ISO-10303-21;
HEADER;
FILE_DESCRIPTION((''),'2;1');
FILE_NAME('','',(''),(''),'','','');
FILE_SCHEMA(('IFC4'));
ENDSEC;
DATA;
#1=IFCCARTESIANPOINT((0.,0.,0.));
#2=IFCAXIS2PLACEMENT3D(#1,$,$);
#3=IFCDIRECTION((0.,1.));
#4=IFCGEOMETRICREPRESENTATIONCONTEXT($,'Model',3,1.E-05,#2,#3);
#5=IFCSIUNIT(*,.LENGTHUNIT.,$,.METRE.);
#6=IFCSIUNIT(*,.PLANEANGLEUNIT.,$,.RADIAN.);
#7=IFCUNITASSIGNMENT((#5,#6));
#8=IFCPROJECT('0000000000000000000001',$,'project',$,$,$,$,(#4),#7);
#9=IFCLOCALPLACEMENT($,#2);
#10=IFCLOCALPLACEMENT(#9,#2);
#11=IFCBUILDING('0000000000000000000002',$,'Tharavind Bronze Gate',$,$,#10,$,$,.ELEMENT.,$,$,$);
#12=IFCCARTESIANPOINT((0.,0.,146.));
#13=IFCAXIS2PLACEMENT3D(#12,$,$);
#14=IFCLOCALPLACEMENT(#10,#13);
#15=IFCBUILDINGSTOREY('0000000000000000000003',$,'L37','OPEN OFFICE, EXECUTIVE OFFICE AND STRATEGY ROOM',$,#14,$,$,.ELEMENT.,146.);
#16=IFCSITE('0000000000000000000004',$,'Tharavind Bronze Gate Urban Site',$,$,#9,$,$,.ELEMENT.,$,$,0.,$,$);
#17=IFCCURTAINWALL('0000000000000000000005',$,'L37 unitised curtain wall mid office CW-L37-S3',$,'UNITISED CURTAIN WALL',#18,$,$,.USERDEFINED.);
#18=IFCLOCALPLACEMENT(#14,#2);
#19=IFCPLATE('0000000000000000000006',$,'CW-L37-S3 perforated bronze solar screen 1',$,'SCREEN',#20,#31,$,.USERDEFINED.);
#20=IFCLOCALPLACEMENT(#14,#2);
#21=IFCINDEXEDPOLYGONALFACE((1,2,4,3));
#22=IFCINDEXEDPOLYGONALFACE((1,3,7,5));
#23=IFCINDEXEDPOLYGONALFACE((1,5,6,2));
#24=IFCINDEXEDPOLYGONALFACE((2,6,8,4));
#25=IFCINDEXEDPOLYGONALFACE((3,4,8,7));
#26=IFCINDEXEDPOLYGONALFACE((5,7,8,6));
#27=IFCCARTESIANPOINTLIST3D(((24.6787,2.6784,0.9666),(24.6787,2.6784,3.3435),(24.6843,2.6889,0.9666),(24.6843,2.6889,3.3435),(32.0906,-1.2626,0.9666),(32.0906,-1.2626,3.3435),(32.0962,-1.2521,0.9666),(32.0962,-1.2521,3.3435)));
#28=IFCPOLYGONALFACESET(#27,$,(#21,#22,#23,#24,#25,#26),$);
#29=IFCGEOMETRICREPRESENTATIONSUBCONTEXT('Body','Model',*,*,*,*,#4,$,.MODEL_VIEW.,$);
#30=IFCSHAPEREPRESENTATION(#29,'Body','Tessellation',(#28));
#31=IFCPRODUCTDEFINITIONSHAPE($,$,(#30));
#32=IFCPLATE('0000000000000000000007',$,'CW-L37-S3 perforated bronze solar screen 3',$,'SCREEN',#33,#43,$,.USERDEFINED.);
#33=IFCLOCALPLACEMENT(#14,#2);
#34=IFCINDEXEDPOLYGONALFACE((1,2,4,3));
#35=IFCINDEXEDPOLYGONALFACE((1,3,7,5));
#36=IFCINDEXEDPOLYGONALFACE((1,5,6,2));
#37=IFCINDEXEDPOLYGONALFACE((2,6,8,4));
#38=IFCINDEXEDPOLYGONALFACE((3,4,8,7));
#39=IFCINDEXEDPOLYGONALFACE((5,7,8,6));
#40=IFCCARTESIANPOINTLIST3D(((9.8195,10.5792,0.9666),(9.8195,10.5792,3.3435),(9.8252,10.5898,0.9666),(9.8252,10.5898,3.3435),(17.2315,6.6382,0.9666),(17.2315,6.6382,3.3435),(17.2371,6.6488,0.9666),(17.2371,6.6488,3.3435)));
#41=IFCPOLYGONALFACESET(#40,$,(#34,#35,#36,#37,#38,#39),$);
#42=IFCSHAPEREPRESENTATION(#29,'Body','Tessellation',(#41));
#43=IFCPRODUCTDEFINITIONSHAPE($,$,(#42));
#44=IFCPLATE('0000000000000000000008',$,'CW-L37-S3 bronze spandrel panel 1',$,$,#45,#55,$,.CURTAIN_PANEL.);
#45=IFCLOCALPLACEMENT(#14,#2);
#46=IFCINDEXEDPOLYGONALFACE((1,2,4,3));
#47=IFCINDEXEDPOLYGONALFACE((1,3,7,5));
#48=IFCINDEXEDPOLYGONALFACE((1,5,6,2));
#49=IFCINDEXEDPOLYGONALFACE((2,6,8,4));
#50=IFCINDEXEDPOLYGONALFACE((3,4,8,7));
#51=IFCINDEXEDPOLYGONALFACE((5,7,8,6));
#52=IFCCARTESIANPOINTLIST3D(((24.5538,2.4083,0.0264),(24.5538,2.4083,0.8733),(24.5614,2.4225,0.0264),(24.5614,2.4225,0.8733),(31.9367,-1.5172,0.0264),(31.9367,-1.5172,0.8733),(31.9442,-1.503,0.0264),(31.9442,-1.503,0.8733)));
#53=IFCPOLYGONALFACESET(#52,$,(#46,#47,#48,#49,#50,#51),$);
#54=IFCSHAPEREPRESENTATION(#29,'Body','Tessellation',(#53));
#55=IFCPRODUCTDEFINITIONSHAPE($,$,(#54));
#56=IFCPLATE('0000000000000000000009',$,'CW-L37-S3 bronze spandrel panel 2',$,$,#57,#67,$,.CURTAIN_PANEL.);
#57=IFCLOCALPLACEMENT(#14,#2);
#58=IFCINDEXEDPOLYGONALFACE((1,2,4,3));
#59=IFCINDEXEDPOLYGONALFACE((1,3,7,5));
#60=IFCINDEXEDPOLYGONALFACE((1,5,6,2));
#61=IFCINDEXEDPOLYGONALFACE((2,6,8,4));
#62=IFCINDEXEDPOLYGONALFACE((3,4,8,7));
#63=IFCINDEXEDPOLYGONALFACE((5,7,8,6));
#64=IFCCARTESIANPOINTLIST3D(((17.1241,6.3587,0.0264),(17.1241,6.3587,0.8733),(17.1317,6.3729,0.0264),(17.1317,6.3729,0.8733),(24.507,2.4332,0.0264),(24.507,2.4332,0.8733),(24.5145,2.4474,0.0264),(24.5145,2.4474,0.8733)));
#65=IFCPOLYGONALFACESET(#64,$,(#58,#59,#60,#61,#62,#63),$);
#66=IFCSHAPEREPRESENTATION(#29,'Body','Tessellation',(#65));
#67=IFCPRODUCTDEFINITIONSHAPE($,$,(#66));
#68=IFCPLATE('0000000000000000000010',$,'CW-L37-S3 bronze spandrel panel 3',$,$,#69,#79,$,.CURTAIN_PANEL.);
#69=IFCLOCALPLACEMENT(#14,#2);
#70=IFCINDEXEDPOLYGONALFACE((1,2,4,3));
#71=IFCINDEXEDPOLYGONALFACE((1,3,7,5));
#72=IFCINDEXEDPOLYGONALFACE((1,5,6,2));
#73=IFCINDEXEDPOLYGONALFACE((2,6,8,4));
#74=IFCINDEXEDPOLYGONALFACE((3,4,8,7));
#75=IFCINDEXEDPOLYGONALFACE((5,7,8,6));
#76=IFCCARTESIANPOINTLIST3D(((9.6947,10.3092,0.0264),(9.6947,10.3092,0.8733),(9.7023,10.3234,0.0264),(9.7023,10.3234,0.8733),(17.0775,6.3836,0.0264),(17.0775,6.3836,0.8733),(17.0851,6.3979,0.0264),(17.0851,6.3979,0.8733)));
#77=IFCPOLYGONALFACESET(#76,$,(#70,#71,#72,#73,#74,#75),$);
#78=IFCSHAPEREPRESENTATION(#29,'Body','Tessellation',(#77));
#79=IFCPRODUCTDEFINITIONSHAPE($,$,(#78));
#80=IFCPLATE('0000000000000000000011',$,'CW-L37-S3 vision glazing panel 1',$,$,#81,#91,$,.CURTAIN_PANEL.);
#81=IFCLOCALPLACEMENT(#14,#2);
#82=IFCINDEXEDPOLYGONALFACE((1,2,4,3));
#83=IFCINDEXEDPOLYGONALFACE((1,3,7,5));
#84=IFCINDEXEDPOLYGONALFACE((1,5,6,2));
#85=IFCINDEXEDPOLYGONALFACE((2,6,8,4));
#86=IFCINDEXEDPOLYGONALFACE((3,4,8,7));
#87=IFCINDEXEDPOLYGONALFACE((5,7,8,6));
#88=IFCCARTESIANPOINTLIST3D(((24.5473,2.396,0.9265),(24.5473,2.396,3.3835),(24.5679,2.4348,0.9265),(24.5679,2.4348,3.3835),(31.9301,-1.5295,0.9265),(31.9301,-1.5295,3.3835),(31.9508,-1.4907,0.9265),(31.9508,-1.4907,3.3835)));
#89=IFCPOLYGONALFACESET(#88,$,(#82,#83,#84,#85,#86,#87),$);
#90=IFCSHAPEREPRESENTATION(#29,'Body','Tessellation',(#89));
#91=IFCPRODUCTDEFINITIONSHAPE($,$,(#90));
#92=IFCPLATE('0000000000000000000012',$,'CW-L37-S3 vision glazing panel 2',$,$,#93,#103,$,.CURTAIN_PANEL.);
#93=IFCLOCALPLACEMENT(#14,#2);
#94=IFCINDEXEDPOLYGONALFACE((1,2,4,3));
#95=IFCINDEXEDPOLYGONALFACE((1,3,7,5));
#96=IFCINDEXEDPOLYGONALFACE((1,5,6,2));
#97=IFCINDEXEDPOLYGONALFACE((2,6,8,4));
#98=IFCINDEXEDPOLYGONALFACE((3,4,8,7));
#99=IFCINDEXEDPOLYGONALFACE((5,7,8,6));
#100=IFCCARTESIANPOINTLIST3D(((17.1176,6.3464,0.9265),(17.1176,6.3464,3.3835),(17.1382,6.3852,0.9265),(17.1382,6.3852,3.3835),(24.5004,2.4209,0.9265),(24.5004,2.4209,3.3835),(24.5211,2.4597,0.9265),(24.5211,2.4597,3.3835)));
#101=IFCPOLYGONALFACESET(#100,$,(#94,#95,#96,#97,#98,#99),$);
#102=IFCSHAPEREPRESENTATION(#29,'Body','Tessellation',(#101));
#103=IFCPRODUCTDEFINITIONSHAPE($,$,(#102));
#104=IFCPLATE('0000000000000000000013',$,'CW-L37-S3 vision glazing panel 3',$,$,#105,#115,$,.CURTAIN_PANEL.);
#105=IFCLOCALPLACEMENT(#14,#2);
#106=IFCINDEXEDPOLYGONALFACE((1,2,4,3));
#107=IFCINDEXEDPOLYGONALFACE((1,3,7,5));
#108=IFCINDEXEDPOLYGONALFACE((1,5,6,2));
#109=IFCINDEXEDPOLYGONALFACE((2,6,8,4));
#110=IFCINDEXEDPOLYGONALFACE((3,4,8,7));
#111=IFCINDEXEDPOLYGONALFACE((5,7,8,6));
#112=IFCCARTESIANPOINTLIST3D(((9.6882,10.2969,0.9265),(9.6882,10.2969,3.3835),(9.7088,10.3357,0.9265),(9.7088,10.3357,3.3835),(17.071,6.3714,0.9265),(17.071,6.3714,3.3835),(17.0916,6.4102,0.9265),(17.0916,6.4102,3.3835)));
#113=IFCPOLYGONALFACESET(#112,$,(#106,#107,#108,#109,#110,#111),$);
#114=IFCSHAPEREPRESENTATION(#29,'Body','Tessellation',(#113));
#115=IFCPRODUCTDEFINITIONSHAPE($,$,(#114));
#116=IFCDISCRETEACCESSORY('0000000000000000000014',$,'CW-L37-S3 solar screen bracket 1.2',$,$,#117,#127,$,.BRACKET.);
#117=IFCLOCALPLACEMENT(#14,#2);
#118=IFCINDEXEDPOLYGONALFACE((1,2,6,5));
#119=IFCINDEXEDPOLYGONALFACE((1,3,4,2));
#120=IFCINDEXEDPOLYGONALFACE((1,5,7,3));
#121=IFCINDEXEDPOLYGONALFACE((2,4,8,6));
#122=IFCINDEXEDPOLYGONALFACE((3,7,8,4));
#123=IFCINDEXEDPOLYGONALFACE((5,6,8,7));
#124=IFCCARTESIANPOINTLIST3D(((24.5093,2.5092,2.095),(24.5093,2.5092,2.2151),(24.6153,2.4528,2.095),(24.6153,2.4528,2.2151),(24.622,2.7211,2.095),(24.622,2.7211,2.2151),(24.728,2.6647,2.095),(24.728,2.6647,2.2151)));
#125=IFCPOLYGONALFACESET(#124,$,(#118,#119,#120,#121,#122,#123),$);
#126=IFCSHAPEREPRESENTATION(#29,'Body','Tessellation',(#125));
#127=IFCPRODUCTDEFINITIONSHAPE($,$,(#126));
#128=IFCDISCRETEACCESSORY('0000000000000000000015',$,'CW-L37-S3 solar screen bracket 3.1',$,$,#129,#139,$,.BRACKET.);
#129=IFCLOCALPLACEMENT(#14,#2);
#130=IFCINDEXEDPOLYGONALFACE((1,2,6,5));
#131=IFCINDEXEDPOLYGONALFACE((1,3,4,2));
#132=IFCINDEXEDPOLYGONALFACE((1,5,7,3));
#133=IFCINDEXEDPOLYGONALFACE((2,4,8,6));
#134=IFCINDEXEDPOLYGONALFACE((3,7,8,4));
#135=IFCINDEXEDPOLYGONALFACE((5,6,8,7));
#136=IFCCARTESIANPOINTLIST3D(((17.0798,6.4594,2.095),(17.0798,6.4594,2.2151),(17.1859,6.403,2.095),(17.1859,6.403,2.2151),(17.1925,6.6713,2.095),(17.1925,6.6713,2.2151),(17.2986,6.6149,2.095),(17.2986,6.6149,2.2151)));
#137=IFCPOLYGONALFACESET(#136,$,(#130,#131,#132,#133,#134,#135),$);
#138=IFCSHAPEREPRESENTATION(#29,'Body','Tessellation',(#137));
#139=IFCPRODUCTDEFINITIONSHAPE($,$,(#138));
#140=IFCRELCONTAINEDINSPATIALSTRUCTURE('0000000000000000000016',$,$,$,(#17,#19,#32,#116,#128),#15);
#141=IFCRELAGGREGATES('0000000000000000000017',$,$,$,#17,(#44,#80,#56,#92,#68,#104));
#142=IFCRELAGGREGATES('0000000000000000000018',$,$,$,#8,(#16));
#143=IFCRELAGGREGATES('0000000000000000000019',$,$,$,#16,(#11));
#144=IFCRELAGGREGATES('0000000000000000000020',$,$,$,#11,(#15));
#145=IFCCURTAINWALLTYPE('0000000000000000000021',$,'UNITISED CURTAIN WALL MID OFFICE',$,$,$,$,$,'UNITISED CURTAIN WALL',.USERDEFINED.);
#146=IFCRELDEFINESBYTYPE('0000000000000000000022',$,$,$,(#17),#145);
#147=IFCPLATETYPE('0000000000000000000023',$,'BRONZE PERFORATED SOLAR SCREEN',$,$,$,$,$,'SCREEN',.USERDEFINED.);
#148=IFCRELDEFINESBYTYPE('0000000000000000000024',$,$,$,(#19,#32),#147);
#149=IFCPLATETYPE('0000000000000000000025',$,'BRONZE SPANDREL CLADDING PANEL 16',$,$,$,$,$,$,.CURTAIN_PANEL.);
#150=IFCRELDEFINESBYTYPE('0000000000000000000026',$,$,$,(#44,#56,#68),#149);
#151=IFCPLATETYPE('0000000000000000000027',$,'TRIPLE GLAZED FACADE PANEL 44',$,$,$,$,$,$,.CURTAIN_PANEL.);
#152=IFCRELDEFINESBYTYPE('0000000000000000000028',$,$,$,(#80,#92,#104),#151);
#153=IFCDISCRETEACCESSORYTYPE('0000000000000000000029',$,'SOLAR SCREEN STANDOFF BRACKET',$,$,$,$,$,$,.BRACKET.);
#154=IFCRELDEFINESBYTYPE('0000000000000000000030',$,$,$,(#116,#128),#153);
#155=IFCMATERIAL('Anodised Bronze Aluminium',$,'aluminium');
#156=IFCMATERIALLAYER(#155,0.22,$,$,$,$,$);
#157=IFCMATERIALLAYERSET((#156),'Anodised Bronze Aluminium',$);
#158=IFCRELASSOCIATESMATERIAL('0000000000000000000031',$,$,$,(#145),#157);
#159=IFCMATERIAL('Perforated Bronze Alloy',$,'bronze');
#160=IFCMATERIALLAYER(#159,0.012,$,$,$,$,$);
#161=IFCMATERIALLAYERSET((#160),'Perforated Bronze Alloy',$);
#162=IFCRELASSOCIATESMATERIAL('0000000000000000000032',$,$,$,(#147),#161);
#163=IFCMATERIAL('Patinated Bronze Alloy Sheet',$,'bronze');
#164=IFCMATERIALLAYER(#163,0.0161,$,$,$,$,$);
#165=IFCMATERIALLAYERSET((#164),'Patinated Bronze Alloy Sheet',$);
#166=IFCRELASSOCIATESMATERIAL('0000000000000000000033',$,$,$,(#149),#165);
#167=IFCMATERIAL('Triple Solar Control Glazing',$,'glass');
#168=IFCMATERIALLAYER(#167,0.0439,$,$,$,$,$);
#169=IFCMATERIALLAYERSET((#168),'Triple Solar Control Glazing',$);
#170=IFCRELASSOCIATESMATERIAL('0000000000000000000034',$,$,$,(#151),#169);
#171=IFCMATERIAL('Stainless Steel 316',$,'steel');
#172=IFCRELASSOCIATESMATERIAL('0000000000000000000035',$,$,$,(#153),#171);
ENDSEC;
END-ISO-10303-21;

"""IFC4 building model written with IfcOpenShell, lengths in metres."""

from ifc_helpers import new_model, si_unit, direction, frame, origin, origin_2d, place, context, subcontext, project, spatial, rectangle, extrude, material, layer, layer_set, type_object, element, aggregate, save


model = new_model("IFC4")

# Units and contexts
model_context = context("Model", 3, precision=1e-05, world=origin(), true_north=direction((0.0, 1.0)))
body_context = subcontext(model_context, "Body", "Model", "MODEL_VIEW")
ifc_project = project(units=[si_unit("LENGTHUNIT", "METRE"), si_unit("PLANEANGLEUNIT", "RADIAN")], contexts=[model_context])

# Site, building, storey
site_placement = place(None, origin())
site = spatial("IfcSite", under=ifc_project, at=site_placement, Name="Tharavind Bronze Gate Urban Site", CompositionType="ELEMENT", RefElevation=0.0)
building_placement = place(site_placement, origin())
building = spatial("IfcBuilding", under=site, at=building_placement, Name="Tharavind Bronze Gate", CompositionType="ELEMENT")
storey_placement = place(building_placement, frame((0.0, 0.0, 146.0)))
storey = spatial("IfcBuildingStorey", under=building, at=storey_placement, Name="L37", Description="OPEN OFFICE, EXECUTIVE OFFICE AND STRATEGY ROOM", CompositionType="ELEMENT", Elevation=146.0)

# Curtain wall
ifc_material_1 = material(Name="Anodised Bronze Aluminium", Category="aluminium")
ifc_layer_1 = layer(ifc_material_1, 0.22)
ifc_layer_set_1 = layer_set([ifc_layer_1], Name="Anodised Bronze Aluminium")
curtain_wall_type = type_object("IfcCurtainWallType", Name="UNITISED CURTAIN WALL MID OFFICE", ElementType="UNITISED CURTAIN WALL", PredefinedType="USERDEFINED", material=ifc_layer_set_1)
curtain_wall_placement = place(storey_placement, origin())
curtain_wall = element("IfcCurtainWall", 1, at=curtain_wall_placement, inside=storey, type_object=curtain_wall_type, Name="L37 unitised curtain wall mid office CW-L37-S3", ObjectType="UNITISED CURTAIN WALL", PredefinedType="USERDEFINED")

# Plates
ifc_material_2 = material(Name="Perforated Bronze Alloy", Category="bronze")
ifc_layer_2 = layer(ifc_material_2, 0.012)
ifc_layer_set_2 = layer_set([ifc_layer_2], Name="Perforated Bronze Alloy")
plate_type_1 = type_object("IfcPlateType", Name="BRONZE PERFORATED SOLAR SCREEN", ElementType="SCREEN", PredefinedType="USERDEFINED", material=ifc_layer_set_2)
for number, where, z_axis, x_axis, name in (
    (2, (28.3875, 0.7131, 0.9666), (0.0, 0.0, 1.0), (-0.882948, 0.469472, 0.0), "CW-L37-S3 perforated bronze solar screen 1"),
    (3, (13.5283, 8.614, 0.9666), (0.0, 0.0, 1.0), (-0.882948, 0.469472, 0.0), "CW-L37-S3 perforated bronze solar screen 3"),
):
    element("IfcPlate", number, at=place(storey_placement, frame(where, z_axis=z_axis, x_axis=x_axis)), inside=storey, type_object=plate_type_1, Name=name, ObjectType="SCREEN", PredefinedType="USERDEFINED", context=body_context, shape_type="SweptSolid", body=[
        extrude(rectangle(XDim=8.3945, YDim=0.012, at=origin_2d()), origin(), (0.0, 0.0, 1.0), 2.377),
    ])

# Plates
ifc_material_3 = material(Name="Patinated Bronze Alloy Sheet", Category="bronze")
ifc_layer_3 = layer(ifc_material_3, 0.0161)
ifc_layer_set_3 = layer_set([ifc_layer_3], Name="Patinated Bronze Alloy Sheet")
plate_type_2 = type_object("IfcPlateType", Name="BRONZE SPANDREL CLADDING PANEL 16", PredefinedType="CURTAIN_PANEL", material=ifc_layer_set_3)
plate_1_placement = place(storey_placement, frame((28.249, 0.4526, 0.0264), z_axis=(0.0, 0.0, 1.0), x_axis=(-0.882948, 0.469472, 0.0)))
plate_1 = element("IfcPlate", 4, at=plate_1_placement, type_object=plate_type_2, Name="CW-L37-S3 bronze spandrel panel 1", PredefinedType="CURTAIN_PANEL", context=body_context, shape_type="SweptSolid", body=[
    extrude(rectangle(XDim=8.3616, YDim=0.0161, at=origin_2d()), origin(), (0.0, 0.0, 1.0), 0.8469),
])
plate_2_placement = place(storey_placement, frame((20.8193, 4.4031, 0.0264), z_axis=(0.0, 0.0, 1.0), x_axis=(-0.882948, 0.469472, 0.0)))
plate_2 = element("IfcPlate", 5, at=plate_2_placement, type_object=plate_type_2, Name="CW-L37-S3 bronze spandrel panel 2", PredefinedType="CURTAIN_PANEL", context=body_context, shape_type="SweptSolid", body=[
    extrude(rectangle(XDim=8.3616, YDim=0.0161, at=origin_2d()), origin(), (0.0, 0.0, 1.0), 0.8469),
])
plate_3_placement = place(storey_placement, frame((13.3899, 8.3535, 0.0264), z_axis=(0.0, 0.0, 1.0), x_axis=(-0.882948, 0.469472, 0.0)))
plate_3 = element("IfcPlate", 6, at=plate_3_placement, type_object=plate_type_2, Name="CW-L37-S3 bronze spandrel panel 3", PredefinedType="CURTAIN_PANEL", context=body_context, shape_type="SweptSolid", body=[
    extrude(rectangle(XDim=8.3616, YDim=0.0161, at=origin_2d()), origin(), (0.0, 0.0, 1.0), 0.8469),
])
ifc_material_4 = material(Name="Triple Solar Control Glazing", Category="glass")
ifc_layer_4 = layer(ifc_material_4, 0.0439)
ifc_layer_set_4 = layer_set([ifc_layer_4], Name="Triple Solar Control Glazing")
plate_type_3 = type_object("IfcPlateType", Name="TRIPLE GLAZED FACADE PANEL 44", PredefinedType="CURTAIN_PANEL", material=ifc_layer_set_4)
plate_4_placement = place(storey_placement, frame((28.249, 0.4526, 0.9265), z_axis=(0.0, 0.0, 1.0), x_axis=(-0.882948, 0.469472, 0.0)))
plate_4 = element("IfcPlate", 7, at=plate_4_placement, type_object=plate_type_3, Name="CW-L37-S3 vision glazing panel 1", PredefinedType="CURTAIN_PANEL", context=body_context, shape_type="SweptSolid", body=[
    extrude(rectangle(XDim=8.3616, YDim=0.0439, at=origin_2d()), origin(), (0.0, 0.0, 1.0), 2.457),
])
plate_5_placement = place(storey_placement, frame((20.8193, 4.4031, 0.9265), z_axis=(0.0, 0.0, 1.0), x_axis=(-0.882948, 0.469472, 0.0)))
plate_5 = element("IfcPlate", 8, at=plate_5_placement, type_object=plate_type_3, Name="CW-L37-S3 vision glazing panel 2", PredefinedType="CURTAIN_PANEL", context=body_context, shape_type="SweptSolid", body=[
    extrude(rectangle(XDim=8.3616, YDim=0.0439, at=origin_2d()), origin(), (0.0, 0.0, 1.0), 2.457),
])
plate_6_placement = place(storey_placement, frame((13.3899, 8.3535, 0.9265), z_axis=(0.0, 0.0, 1.0), x_axis=(-0.882948, 0.469472, 0.0)))
plate_6 = element("IfcPlate", 9, at=plate_6_placement, type_object=plate_type_3, Name="CW-L37-S3 vision glazing panel 3", PredefinedType="CURTAIN_PANEL", context=body_context, shape_type="SweptSolid", body=[
    extrude(rectangle(XDim=8.3616, YDim=0.0439, at=origin_2d()), origin(), (0.0, 0.0, 1.0), 2.457),
])
aggregate(curtain_wall, [plate_1, plate_4, plate_2, plate_5, plate_3, plate_6])

# Discrete accessories
ifc_material_5 = material(Name="Stainless Steel 316", Category="steel")
discrete_accessory_type = type_object("IfcDiscreteAccessoryType", Name="SOLAR SCREEN STANDOFF BRACKET", PredefinedType="BRACKET", material=ifc_material_5)
for number, where, z_axis, x_axis, name in (
    (10, (24.6187, 2.5869, 2.095), (0.0, 0.0, 1.0), (-0.882948, 0.469472, 0.0), "CW-L37-S3 solar screen bracket 1.2"),
    (11, (17.1892, 6.5371, 2.095), (0.0, 0.0, 1.0), (-0.882948, 0.469472, 0.0), "CW-L37-S3 solar screen bracket 3.1"),
):
    element("IfcDiscreteAccessory", number, at=place(storey_placement, frame(where, z_axis=z_axis, x_axis=x_axis)), inside=storey, type_object=discrete_accessory_type, Name=name, PredefinedType="BRACKET", context=body_context, shape_type="SweptSolid", body=[
        extrude(rectangle(XDim=0.1201, YDim=0.24, at=origin_2d()), origin(), (0.0, 0.0, 1.0), 0.1201),
    ])

save(model, "model.ifc")
